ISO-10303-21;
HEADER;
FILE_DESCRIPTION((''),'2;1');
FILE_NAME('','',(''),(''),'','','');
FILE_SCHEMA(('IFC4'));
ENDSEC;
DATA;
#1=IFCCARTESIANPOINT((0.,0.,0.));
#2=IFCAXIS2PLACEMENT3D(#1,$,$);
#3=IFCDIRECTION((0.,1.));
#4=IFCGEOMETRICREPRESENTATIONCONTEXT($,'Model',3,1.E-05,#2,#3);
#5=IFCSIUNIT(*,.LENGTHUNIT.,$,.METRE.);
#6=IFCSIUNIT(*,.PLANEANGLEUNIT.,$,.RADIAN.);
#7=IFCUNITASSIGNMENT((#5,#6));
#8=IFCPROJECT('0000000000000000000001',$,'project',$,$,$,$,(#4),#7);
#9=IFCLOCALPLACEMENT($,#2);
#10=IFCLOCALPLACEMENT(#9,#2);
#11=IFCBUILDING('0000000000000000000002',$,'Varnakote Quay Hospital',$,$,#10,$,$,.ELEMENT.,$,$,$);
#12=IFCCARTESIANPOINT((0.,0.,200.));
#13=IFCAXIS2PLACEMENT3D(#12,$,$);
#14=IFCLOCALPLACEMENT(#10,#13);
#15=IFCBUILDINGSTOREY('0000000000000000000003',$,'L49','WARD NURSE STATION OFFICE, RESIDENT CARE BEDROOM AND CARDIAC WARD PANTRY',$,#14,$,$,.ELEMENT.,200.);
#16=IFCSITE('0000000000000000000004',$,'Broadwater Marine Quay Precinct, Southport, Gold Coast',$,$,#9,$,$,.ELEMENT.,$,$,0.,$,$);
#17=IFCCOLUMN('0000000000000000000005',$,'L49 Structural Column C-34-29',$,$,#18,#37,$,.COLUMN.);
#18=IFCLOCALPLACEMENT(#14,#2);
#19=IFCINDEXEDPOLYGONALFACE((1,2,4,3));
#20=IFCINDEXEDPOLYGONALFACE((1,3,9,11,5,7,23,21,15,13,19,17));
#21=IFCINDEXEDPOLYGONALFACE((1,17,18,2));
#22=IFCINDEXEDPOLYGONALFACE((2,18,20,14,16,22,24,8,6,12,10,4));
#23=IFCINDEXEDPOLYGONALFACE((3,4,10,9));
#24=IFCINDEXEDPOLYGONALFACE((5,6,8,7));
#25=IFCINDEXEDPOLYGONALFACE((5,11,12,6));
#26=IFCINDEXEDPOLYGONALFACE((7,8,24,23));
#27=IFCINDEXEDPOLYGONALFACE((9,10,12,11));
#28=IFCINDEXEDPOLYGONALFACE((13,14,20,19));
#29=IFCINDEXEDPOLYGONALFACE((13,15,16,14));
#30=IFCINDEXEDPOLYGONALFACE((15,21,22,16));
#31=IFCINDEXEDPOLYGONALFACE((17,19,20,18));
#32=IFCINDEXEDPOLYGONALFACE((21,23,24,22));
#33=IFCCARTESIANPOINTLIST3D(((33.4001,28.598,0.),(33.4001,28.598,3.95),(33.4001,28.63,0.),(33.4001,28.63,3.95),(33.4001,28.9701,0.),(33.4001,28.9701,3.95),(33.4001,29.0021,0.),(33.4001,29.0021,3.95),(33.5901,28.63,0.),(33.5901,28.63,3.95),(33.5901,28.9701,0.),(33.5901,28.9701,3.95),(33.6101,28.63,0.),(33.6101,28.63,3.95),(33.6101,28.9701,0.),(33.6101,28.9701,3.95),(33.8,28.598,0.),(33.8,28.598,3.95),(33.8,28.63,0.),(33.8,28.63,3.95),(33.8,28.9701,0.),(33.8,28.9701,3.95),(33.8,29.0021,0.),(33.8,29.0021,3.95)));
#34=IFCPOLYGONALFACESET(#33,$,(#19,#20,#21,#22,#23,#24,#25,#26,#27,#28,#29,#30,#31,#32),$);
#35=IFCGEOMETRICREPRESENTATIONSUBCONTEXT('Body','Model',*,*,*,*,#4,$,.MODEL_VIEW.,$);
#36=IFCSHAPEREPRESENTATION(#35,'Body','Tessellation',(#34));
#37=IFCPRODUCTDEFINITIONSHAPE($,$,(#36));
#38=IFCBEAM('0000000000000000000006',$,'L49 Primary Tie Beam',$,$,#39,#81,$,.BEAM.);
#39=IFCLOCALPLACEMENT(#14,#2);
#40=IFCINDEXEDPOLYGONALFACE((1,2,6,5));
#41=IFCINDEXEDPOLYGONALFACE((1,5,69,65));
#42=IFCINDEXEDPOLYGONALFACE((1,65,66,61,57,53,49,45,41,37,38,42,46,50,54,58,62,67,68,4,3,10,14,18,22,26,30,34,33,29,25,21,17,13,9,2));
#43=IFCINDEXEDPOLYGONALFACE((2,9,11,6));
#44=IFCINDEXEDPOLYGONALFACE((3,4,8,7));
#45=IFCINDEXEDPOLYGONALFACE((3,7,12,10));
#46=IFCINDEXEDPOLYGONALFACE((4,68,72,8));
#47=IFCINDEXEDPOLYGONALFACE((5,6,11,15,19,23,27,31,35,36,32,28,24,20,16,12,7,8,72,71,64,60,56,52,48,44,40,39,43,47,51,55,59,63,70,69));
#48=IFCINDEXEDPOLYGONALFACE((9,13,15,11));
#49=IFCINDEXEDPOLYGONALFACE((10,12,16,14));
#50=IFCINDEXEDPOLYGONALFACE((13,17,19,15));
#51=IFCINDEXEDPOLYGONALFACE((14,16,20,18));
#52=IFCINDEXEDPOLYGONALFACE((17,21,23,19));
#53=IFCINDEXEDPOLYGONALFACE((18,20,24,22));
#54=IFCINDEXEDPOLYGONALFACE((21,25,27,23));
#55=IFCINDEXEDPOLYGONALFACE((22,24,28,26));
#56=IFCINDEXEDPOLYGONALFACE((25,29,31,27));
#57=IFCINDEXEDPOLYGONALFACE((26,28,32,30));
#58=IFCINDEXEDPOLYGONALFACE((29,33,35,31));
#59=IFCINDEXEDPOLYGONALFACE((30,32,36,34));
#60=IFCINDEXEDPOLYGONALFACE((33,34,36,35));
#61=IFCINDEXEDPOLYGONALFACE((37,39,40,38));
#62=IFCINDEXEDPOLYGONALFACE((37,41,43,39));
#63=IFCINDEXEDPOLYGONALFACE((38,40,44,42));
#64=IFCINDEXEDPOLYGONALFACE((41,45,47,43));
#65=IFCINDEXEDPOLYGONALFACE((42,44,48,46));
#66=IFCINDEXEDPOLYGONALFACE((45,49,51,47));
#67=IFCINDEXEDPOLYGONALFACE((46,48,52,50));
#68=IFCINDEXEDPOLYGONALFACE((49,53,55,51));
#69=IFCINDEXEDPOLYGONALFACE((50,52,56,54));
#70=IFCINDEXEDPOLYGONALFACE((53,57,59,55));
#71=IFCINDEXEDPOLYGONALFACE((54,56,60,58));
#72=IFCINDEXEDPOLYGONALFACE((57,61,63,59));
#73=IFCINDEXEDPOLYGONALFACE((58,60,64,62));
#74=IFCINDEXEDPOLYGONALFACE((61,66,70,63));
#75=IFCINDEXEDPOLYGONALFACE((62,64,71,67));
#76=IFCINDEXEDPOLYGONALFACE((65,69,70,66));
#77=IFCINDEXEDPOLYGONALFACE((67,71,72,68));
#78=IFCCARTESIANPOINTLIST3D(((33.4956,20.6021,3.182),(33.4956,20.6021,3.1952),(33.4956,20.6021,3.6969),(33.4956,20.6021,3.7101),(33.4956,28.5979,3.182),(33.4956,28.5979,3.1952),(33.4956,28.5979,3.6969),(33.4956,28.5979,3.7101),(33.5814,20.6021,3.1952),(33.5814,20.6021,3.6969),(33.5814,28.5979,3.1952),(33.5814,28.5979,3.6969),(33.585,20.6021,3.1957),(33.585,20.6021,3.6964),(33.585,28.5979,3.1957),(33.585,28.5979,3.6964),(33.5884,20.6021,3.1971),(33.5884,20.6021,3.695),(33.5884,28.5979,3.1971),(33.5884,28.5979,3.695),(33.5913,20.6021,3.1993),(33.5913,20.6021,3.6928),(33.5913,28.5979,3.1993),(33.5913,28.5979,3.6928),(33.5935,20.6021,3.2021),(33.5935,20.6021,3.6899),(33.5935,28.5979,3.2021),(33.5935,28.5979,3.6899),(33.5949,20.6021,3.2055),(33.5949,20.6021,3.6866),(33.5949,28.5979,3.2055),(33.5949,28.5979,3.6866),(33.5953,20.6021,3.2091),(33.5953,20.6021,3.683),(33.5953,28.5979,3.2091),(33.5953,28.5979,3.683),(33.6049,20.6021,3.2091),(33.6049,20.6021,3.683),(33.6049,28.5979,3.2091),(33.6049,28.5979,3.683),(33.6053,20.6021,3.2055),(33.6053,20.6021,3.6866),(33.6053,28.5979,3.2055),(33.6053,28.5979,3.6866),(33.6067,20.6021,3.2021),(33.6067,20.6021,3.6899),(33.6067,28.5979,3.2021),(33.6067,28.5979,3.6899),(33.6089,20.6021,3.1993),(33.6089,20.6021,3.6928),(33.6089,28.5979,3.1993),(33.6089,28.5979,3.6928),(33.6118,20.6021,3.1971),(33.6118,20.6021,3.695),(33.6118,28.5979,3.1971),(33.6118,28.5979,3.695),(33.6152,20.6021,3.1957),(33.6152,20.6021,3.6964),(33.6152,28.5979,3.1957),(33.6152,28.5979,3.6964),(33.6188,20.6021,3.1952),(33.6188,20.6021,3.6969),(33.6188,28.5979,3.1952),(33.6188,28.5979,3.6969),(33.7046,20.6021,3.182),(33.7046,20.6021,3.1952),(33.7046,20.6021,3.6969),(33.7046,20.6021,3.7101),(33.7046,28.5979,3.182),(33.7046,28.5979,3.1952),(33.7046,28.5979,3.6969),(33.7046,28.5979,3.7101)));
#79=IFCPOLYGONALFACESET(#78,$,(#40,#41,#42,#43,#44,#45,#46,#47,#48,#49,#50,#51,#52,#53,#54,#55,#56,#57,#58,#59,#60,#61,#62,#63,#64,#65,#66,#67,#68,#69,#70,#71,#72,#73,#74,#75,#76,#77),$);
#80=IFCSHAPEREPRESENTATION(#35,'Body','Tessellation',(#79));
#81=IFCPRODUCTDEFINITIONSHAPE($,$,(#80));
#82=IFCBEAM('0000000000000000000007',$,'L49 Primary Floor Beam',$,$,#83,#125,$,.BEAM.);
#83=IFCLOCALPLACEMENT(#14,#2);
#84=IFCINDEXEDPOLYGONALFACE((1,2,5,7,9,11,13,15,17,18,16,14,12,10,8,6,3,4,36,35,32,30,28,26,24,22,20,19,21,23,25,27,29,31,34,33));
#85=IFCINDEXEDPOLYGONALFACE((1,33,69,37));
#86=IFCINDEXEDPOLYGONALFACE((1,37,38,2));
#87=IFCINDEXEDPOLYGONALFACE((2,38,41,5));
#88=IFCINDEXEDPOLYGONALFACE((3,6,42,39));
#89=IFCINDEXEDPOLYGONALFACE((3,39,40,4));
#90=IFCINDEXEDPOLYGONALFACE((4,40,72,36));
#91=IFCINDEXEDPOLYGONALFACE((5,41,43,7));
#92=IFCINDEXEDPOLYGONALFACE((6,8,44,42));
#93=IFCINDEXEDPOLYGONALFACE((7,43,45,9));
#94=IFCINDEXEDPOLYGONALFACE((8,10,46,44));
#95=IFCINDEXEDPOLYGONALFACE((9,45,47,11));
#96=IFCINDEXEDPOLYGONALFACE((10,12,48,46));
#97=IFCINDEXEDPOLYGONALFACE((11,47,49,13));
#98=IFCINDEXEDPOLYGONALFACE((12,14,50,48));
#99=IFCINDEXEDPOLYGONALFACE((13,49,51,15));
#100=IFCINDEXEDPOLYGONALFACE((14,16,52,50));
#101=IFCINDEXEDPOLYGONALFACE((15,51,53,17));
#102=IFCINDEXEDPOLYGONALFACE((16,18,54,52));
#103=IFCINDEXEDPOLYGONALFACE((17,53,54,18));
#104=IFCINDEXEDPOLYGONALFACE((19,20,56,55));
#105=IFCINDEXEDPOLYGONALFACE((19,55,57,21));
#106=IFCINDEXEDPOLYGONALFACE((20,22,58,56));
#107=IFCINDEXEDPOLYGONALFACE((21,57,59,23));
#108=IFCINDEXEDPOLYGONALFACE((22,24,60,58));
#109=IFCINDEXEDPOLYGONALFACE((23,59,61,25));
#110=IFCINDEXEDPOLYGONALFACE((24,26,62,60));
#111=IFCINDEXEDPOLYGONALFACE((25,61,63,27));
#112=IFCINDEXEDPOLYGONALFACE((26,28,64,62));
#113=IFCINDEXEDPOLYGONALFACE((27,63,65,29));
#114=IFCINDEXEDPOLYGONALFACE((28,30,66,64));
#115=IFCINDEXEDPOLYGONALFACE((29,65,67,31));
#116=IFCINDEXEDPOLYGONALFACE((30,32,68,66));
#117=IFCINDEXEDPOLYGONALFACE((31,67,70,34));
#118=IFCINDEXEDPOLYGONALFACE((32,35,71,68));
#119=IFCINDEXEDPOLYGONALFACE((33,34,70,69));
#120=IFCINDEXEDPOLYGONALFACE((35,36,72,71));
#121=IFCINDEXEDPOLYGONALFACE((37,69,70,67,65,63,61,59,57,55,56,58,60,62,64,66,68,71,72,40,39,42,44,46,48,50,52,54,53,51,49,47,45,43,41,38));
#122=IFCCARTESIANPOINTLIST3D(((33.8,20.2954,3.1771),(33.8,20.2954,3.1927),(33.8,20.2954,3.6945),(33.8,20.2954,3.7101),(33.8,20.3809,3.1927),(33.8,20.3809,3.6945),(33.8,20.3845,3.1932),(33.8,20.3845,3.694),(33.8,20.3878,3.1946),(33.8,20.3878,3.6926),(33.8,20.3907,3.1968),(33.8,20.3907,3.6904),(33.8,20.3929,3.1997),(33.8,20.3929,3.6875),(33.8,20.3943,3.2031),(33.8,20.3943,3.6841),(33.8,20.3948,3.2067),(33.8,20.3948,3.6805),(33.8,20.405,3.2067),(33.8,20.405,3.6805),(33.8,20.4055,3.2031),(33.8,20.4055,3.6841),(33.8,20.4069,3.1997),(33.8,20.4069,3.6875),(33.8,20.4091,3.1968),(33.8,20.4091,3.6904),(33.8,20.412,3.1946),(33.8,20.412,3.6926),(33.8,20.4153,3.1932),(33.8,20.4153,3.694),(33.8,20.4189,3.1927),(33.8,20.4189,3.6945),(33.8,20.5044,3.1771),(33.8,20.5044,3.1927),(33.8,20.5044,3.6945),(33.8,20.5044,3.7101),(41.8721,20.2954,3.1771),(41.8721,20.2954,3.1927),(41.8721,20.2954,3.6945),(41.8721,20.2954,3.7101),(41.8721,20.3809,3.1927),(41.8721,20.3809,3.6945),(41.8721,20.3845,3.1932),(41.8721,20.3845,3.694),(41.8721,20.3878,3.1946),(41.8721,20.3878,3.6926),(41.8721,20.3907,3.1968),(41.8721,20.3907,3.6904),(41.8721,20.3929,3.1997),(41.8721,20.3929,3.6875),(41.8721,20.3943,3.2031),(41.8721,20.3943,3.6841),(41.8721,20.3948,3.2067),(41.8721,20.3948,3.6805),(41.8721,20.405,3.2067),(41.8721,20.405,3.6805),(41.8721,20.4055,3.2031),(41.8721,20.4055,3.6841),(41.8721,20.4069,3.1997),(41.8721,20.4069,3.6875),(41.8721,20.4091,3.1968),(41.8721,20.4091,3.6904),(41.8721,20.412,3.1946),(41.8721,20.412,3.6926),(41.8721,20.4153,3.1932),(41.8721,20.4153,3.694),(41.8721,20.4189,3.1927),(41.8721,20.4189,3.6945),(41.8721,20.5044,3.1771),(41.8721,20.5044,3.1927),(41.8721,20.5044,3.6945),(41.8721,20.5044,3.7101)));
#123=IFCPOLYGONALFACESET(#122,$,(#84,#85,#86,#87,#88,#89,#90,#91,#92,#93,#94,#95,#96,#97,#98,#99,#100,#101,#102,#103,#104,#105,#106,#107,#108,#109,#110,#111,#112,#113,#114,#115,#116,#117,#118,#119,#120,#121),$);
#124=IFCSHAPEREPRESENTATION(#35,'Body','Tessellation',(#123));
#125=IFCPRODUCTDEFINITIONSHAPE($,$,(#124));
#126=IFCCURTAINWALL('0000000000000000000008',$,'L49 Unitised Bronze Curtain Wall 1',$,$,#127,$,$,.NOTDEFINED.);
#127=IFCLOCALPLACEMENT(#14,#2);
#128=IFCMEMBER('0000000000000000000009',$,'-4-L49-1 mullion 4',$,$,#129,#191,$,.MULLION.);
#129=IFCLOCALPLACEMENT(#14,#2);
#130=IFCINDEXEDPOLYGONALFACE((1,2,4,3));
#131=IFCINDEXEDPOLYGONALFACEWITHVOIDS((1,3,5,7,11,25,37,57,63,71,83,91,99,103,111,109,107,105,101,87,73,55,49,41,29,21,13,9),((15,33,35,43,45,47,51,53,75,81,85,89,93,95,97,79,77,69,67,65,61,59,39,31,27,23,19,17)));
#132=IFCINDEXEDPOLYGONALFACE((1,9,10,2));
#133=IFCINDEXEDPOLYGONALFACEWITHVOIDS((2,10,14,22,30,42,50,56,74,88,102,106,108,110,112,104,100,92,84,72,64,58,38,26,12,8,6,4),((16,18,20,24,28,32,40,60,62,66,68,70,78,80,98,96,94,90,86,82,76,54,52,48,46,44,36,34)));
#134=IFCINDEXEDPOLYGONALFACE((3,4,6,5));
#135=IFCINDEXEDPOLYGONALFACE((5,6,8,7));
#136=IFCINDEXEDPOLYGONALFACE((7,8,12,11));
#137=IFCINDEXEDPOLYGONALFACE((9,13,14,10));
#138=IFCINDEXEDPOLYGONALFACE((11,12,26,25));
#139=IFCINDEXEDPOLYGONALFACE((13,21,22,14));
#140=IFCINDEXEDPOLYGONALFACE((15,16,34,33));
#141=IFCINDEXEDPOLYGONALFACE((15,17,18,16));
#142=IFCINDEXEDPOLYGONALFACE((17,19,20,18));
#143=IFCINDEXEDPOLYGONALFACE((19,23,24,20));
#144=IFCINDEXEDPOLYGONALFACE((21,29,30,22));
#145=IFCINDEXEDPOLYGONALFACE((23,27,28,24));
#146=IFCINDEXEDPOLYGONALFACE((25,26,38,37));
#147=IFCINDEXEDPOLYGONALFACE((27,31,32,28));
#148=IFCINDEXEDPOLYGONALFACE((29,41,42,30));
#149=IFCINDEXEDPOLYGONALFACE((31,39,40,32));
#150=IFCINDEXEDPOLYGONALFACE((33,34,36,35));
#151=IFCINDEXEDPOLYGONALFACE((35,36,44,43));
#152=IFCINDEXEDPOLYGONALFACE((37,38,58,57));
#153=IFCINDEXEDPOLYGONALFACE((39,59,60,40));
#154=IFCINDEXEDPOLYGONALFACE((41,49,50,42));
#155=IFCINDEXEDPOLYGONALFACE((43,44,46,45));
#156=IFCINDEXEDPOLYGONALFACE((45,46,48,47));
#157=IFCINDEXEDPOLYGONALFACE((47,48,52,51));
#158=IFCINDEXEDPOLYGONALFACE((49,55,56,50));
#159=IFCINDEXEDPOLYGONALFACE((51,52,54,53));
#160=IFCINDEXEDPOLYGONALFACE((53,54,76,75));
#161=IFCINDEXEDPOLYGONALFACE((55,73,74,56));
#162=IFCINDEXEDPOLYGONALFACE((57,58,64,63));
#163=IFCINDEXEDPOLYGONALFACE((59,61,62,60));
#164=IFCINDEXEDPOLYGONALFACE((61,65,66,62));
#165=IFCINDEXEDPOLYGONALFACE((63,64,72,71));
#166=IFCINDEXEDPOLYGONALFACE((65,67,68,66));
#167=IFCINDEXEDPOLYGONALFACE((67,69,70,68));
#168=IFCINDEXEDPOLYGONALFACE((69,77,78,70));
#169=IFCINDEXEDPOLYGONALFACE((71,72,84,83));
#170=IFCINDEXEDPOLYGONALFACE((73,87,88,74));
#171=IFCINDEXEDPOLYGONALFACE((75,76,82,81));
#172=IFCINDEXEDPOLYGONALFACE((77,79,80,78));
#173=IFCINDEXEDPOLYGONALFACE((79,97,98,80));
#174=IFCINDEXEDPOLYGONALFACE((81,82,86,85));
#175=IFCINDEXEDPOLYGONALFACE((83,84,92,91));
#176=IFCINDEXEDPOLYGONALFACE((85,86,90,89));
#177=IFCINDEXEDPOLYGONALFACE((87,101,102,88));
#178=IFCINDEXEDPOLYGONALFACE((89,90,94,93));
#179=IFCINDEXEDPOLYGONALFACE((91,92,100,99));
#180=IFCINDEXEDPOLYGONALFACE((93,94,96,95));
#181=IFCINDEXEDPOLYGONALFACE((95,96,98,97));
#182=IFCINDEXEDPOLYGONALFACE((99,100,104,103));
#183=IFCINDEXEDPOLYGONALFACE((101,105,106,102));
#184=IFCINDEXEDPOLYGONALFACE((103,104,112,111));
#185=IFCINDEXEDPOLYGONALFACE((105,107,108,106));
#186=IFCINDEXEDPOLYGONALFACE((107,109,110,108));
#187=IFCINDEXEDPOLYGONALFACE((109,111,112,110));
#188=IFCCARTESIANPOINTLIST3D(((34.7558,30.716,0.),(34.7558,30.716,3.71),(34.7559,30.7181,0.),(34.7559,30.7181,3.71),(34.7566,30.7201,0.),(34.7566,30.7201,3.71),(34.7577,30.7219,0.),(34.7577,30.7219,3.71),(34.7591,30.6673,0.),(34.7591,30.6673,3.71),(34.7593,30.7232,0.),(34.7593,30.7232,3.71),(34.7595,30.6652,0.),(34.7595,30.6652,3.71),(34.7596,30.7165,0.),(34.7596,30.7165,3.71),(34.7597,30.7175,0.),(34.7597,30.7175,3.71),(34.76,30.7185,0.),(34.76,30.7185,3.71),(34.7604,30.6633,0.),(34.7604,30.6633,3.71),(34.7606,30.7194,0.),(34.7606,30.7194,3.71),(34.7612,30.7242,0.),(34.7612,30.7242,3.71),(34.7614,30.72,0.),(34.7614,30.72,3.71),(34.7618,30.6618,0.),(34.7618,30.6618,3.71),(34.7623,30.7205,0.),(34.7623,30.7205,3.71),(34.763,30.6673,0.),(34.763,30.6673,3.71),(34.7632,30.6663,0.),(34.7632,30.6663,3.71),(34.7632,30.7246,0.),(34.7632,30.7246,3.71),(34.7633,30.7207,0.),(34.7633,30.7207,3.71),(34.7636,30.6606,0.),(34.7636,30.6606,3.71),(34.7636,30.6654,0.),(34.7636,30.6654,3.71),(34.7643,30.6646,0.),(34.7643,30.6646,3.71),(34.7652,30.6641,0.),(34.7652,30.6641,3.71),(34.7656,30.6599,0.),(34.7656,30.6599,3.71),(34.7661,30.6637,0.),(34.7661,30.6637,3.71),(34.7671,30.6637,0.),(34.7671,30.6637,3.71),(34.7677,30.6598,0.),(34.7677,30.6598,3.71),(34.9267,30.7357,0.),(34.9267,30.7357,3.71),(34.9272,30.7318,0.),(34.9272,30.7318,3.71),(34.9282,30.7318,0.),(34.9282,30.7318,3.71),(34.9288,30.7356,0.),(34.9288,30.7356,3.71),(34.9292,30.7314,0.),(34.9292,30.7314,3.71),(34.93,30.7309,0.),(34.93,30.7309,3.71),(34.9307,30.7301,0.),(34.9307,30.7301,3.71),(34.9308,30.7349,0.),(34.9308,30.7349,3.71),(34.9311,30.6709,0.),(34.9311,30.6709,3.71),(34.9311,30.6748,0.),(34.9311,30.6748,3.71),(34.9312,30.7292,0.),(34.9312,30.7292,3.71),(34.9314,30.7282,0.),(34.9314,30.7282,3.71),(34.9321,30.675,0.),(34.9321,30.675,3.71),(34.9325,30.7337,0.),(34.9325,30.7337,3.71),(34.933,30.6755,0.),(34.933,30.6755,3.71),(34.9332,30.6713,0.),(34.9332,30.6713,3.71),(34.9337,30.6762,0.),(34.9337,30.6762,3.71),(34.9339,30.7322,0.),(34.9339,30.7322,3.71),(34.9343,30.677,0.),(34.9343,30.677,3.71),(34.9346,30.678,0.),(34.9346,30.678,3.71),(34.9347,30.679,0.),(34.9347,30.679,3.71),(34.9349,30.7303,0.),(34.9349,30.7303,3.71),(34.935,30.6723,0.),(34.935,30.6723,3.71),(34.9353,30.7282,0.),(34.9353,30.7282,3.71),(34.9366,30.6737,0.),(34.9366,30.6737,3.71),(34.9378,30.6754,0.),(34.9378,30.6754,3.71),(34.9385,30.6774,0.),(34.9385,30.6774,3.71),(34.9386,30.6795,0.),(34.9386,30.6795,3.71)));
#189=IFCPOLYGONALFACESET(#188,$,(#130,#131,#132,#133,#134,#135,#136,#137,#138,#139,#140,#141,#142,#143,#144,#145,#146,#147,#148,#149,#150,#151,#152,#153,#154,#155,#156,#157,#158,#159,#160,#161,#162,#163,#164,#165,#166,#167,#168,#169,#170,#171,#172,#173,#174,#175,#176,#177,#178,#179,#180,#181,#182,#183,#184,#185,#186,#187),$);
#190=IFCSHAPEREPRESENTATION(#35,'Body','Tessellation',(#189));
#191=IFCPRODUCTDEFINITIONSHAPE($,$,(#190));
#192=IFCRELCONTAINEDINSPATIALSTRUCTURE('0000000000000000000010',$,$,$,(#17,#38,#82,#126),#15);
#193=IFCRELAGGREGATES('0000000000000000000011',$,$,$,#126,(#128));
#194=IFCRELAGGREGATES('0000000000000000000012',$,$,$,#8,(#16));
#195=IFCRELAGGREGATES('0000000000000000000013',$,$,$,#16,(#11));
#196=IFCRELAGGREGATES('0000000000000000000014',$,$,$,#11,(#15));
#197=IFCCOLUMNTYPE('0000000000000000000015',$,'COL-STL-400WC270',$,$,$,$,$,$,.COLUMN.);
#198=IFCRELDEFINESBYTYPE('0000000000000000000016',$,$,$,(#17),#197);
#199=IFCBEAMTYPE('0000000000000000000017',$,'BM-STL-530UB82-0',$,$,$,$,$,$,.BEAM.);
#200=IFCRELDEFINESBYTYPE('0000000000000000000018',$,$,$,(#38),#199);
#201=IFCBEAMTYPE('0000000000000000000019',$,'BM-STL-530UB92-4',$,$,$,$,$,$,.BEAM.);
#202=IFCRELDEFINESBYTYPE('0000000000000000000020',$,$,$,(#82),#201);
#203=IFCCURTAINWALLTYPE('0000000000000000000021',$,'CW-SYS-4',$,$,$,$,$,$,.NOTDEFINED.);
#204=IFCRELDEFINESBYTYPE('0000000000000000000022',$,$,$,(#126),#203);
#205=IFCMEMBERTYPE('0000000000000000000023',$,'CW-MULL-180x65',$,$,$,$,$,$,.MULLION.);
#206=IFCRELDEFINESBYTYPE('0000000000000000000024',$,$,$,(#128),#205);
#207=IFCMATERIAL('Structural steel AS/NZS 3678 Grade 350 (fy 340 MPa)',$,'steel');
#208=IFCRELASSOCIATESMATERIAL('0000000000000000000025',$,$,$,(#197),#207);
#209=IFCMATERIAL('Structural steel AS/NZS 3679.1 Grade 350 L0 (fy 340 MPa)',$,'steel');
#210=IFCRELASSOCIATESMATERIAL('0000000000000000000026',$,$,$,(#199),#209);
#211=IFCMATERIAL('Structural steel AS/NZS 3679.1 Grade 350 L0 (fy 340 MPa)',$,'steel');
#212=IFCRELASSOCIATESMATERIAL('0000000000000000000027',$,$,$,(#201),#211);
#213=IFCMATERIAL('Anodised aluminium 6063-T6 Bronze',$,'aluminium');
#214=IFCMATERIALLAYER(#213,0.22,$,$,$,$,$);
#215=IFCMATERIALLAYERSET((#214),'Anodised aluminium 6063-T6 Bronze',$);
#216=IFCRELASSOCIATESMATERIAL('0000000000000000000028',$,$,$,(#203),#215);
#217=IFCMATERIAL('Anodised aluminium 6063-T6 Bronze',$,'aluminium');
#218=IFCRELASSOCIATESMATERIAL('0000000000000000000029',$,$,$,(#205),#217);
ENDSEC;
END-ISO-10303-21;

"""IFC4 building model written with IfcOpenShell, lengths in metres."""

from ifc_helpers import new_model, si_unit, direction, frame, origin, origin_2d, place, context, subcontext, project, spatial, hollow_rectangle, i_section, extrude, material, layer, layer_set, material_profile, profile_set, type_object, element, aggregate, save


model = new_model("IFC4")

# Units and contexts
model_context = context("Model", 3, precision=1e-05, world=origin(), true_north=direction((0.0, 1.0)))
body_context = subcontext(model_context, "Body", "Model", "MODEL_VIEW")
ifc_project = project(units=[si_unit("LENGTHUNIT", "METRE"), si_unit("PLANEANGLEUNIT", "RADIAN")], contexts=[model_context])

# Site, building, storey
site_placement = place(None, origin())
site = spatial("IfcSite", under=ifc_project, at=site_placement, Name="Broadwater Marine Quay Precinct, Southport, Gold Coast", CompositionType="ELEMENT", RefElevation=0.0)
building_placement = place(site_placement, origin())
building = spatial("IfcBuilding", under=site, at=building_placement, Name="Varnakote Quay Hospital", CompositionType="ELEMENT")
storey_placement = place(building_placement, frame((0.0, 0.0, 200.0)))
storey = spatial("IfcBuildingStorey", under=building, at=storey_placement, Name="L49", Description="WARD NURSE STATION OFFICE, RESIDENT CARE BEDROOM AND CARDIAC WARD PANTRY", CompositionType="ELEMENT", Elevation=200.0)

# Column
ifc_material_1 = material(Name="Structural steel AS/NZS 3678 Grade 350 (fy 340 MPa)", Category="steel")
ifc_material_profile_1 = material_profile(ifc_material_1, i_section(OverallWidth=0.3999, OverallDepth=0.4041, WebThickness=0.02, FlangeThickness=0.032, at=origin_2d()), Name="400WC270")
ifc_profile_set_1 = profile_set([ifc_material_profile_1], Name="Structural steel AS/NZS 3678 Grade 350 (fy 340 MPa)")
column_type = type_object("IfcColumnType", Name="COL-STL-400WC270", PredefinedType="COLUMN", material=ifc_profile_set_1)
column_placement = place(storey_placement, frame((33.6001, 28.8, 0.0), z_axis=(0.0, 0.0, 1.0), x_axis=(1.0, 0.0, 0.0)))
element("IfcColumn", 1, at=column_placement, inside=storey, type_object=column_type, Name="L49 Structural Column C-34-29", PredefinedType="COLUMN", context=body_context, shape_type="SweptSolid", body=[
    extrude(i_section(OverallWidth=0.3999, OverallDepth=0.4041, WebThickness=0.02, FlangeThickness=0.032, at=origin_2d()), origin(), (0.0, 0.0, 1.0), 3.95),
])

# Beams
ifc_material_2 = material(Name="Structural steel AS/NZS 3679.1 Grade 350 L0 (fy 340 MPa)", Category="steel")
ifc_material_profile_2 = material_profile(ifc_material_2, i_section(OverallWidth=0.209, OverallDepth=0.5281, WebThickness=0.0095, FlangeThickness=0.0132, FilletRadius=0.0139, at=origin_2d()), Name="530UB82.0")
ifc_profile_set_2 = profile_set([ifc_material_profile_2], Name="Structural steel AS/NZS 3679.1 Grade 350 L0 (fy 340 MPa)")
beam_type_1 = type_object("IfcBeamType", Name="BM-STL-530UB82-0", PredefinedType="BEAM", material=ifc_profile_set_2)
beam_1_placement = place(storey_placement, frame((33.6001, 20.6021, 3.446), z_axis=(0.0, 1.0, 0.0), x_axis=(-1.0, 0.0, 0.0)))
element("IfcBeam", 2, at=beam_1_placement, inside=storey, type_object=beam_type_1, Name="L49 Primary Tie Beam", PredefinedType="BEAM", context=body_context, shape_type="SweptSolid", body=[
    extrude(i_section(OverallWidth=0.209, OverallDepth=0.5281, WebThickness=0.0095, FlangeThickness=0.0132, FilletRadius=0.0139, at=origin_2d()), origin(), (0.0, 0.0, 1.0), 7.9958),
])
ifc_material_3 = material(Name="Structural steel AS/NZS 3679.1 Grade 350 L0 (fy 340 MPa)", Category="steel")
ifc_material_profile_3 = material_profile(ifc_material_3, i_section(OverallWidth=0.209, OverallDepth=0.533, WebThickness=0.0103, FlangeThickness=0.0156, FilletRadius=0.0139, at=origin_2d()), Name="530UB92.4")
ifc_profile_set_3 = profile_set([ifc_material_profile_3], Name="Structural steel AS/NZS 3679.1 Grade 350 L0 (fy 340 MPa)")
beam_type_2 = type_object("IfcBeamType", Name="BM-STL-530UB92-4", PredefinedType="BEAM", material=ifc_profile_set_3)
beam_2_placement = place(storey_placement, frame((33.8, 20.3999, 3.4436), z_axis=(1.0, 0.0, 0.0), x_axis=(0.0, 1.0, 0.0)))
element("IfcBeam", 3, at=beam_2_placement, inside=storey, type_object=beam_type_2, Name="L49 Primary Floor Beam", PredefinedType="BEAM", context=body_context, shape_type="SweptSolid", body=[
    extrude(i_section(OverallWidth=0.209, OverallDepth=0.533, WebThickness=0.0103, FlangeThickness=0.0156, FilletRadius=0.0139, at=origin_2d()), origin(), (0.0, 0.0, 1.0), 8.072),
])

# Curtain wall, member
ifc_material_4 = material(Name="Anodised aluminium 6063-T6 Bronze", Category="aluminium")
ifc_layer_1 = layer(ifc_material_4, 0.22)
ifc_layer_set_1 = layer_set([ifc_layer_1], Name="Anodised aluminium 6063-T6 Bronze")
curtain_wall_type = type_object("IfcCurtainWallType", Name="CW-SYS-4", PredefinedType="NOTDEFINED", material=ifc_layer_set_1)
curtain_wall_1_placement = place(storey_placement, origin())
curtain_wall_1 = element("IfcCurtainWall", 4, at=curtain_wall_1_placement, inside=storey, type_object=curtain_wall_type, Name="L49 Unitised Bronze Curtain Wall 1", PredefinedType="NOTDEFINED")
ifc_material_5 = material(Name="Anodised aluminium 6063-T6 Bronze", Category="aluminium")
ifc_material_profile_4 = material_profile(ifc_material_5, hollow_rectangle(XDim=0.0649, YDim=0.1799, WallThickness=0.0039, InnerFilletRadius=0.0039, OuterFilletRadius=0.0081, at=origin_2d()), Name="CW-MULL-180x65")
ifc_profile_set_4 = profile_set([ifc_material_profile_4], Name="Anodised aluminium 6063-T6 Bronze")
member_type_1 = type_object("IfcMemberType", Name="CW-MULL-180x65", PredefinedType="MULLION", material=ifc_profile_set_4)
member_1_placement = place(storey_placement, frame((34.8472, 30.6978, 0.0), z_axis=(0.0, 0.0, 1.0), x_axis=(0.067842, -0.997696, 0.0)))
member_1 = element("IfcMember", 5, at=member_1_placement, type_object=member_type_1, Name="-4-L49-1 mullion 4", PredefinedType="MULLION", context=body_context, shape_type="SweptSolid", body=[
    extrude(hollow_rectangle(XDim=0.0649, YDim=0.1799, WallThickness=0.0039, InnerFilletRadius=0.0039, OuterFilletRadius=0.0081, at=origin_2d()), origin(), (0.0, 0.0, 1.0), 3.71),
])
aggregate(curtain_wall_1, [member_1])

save(model, "model.ifc")
